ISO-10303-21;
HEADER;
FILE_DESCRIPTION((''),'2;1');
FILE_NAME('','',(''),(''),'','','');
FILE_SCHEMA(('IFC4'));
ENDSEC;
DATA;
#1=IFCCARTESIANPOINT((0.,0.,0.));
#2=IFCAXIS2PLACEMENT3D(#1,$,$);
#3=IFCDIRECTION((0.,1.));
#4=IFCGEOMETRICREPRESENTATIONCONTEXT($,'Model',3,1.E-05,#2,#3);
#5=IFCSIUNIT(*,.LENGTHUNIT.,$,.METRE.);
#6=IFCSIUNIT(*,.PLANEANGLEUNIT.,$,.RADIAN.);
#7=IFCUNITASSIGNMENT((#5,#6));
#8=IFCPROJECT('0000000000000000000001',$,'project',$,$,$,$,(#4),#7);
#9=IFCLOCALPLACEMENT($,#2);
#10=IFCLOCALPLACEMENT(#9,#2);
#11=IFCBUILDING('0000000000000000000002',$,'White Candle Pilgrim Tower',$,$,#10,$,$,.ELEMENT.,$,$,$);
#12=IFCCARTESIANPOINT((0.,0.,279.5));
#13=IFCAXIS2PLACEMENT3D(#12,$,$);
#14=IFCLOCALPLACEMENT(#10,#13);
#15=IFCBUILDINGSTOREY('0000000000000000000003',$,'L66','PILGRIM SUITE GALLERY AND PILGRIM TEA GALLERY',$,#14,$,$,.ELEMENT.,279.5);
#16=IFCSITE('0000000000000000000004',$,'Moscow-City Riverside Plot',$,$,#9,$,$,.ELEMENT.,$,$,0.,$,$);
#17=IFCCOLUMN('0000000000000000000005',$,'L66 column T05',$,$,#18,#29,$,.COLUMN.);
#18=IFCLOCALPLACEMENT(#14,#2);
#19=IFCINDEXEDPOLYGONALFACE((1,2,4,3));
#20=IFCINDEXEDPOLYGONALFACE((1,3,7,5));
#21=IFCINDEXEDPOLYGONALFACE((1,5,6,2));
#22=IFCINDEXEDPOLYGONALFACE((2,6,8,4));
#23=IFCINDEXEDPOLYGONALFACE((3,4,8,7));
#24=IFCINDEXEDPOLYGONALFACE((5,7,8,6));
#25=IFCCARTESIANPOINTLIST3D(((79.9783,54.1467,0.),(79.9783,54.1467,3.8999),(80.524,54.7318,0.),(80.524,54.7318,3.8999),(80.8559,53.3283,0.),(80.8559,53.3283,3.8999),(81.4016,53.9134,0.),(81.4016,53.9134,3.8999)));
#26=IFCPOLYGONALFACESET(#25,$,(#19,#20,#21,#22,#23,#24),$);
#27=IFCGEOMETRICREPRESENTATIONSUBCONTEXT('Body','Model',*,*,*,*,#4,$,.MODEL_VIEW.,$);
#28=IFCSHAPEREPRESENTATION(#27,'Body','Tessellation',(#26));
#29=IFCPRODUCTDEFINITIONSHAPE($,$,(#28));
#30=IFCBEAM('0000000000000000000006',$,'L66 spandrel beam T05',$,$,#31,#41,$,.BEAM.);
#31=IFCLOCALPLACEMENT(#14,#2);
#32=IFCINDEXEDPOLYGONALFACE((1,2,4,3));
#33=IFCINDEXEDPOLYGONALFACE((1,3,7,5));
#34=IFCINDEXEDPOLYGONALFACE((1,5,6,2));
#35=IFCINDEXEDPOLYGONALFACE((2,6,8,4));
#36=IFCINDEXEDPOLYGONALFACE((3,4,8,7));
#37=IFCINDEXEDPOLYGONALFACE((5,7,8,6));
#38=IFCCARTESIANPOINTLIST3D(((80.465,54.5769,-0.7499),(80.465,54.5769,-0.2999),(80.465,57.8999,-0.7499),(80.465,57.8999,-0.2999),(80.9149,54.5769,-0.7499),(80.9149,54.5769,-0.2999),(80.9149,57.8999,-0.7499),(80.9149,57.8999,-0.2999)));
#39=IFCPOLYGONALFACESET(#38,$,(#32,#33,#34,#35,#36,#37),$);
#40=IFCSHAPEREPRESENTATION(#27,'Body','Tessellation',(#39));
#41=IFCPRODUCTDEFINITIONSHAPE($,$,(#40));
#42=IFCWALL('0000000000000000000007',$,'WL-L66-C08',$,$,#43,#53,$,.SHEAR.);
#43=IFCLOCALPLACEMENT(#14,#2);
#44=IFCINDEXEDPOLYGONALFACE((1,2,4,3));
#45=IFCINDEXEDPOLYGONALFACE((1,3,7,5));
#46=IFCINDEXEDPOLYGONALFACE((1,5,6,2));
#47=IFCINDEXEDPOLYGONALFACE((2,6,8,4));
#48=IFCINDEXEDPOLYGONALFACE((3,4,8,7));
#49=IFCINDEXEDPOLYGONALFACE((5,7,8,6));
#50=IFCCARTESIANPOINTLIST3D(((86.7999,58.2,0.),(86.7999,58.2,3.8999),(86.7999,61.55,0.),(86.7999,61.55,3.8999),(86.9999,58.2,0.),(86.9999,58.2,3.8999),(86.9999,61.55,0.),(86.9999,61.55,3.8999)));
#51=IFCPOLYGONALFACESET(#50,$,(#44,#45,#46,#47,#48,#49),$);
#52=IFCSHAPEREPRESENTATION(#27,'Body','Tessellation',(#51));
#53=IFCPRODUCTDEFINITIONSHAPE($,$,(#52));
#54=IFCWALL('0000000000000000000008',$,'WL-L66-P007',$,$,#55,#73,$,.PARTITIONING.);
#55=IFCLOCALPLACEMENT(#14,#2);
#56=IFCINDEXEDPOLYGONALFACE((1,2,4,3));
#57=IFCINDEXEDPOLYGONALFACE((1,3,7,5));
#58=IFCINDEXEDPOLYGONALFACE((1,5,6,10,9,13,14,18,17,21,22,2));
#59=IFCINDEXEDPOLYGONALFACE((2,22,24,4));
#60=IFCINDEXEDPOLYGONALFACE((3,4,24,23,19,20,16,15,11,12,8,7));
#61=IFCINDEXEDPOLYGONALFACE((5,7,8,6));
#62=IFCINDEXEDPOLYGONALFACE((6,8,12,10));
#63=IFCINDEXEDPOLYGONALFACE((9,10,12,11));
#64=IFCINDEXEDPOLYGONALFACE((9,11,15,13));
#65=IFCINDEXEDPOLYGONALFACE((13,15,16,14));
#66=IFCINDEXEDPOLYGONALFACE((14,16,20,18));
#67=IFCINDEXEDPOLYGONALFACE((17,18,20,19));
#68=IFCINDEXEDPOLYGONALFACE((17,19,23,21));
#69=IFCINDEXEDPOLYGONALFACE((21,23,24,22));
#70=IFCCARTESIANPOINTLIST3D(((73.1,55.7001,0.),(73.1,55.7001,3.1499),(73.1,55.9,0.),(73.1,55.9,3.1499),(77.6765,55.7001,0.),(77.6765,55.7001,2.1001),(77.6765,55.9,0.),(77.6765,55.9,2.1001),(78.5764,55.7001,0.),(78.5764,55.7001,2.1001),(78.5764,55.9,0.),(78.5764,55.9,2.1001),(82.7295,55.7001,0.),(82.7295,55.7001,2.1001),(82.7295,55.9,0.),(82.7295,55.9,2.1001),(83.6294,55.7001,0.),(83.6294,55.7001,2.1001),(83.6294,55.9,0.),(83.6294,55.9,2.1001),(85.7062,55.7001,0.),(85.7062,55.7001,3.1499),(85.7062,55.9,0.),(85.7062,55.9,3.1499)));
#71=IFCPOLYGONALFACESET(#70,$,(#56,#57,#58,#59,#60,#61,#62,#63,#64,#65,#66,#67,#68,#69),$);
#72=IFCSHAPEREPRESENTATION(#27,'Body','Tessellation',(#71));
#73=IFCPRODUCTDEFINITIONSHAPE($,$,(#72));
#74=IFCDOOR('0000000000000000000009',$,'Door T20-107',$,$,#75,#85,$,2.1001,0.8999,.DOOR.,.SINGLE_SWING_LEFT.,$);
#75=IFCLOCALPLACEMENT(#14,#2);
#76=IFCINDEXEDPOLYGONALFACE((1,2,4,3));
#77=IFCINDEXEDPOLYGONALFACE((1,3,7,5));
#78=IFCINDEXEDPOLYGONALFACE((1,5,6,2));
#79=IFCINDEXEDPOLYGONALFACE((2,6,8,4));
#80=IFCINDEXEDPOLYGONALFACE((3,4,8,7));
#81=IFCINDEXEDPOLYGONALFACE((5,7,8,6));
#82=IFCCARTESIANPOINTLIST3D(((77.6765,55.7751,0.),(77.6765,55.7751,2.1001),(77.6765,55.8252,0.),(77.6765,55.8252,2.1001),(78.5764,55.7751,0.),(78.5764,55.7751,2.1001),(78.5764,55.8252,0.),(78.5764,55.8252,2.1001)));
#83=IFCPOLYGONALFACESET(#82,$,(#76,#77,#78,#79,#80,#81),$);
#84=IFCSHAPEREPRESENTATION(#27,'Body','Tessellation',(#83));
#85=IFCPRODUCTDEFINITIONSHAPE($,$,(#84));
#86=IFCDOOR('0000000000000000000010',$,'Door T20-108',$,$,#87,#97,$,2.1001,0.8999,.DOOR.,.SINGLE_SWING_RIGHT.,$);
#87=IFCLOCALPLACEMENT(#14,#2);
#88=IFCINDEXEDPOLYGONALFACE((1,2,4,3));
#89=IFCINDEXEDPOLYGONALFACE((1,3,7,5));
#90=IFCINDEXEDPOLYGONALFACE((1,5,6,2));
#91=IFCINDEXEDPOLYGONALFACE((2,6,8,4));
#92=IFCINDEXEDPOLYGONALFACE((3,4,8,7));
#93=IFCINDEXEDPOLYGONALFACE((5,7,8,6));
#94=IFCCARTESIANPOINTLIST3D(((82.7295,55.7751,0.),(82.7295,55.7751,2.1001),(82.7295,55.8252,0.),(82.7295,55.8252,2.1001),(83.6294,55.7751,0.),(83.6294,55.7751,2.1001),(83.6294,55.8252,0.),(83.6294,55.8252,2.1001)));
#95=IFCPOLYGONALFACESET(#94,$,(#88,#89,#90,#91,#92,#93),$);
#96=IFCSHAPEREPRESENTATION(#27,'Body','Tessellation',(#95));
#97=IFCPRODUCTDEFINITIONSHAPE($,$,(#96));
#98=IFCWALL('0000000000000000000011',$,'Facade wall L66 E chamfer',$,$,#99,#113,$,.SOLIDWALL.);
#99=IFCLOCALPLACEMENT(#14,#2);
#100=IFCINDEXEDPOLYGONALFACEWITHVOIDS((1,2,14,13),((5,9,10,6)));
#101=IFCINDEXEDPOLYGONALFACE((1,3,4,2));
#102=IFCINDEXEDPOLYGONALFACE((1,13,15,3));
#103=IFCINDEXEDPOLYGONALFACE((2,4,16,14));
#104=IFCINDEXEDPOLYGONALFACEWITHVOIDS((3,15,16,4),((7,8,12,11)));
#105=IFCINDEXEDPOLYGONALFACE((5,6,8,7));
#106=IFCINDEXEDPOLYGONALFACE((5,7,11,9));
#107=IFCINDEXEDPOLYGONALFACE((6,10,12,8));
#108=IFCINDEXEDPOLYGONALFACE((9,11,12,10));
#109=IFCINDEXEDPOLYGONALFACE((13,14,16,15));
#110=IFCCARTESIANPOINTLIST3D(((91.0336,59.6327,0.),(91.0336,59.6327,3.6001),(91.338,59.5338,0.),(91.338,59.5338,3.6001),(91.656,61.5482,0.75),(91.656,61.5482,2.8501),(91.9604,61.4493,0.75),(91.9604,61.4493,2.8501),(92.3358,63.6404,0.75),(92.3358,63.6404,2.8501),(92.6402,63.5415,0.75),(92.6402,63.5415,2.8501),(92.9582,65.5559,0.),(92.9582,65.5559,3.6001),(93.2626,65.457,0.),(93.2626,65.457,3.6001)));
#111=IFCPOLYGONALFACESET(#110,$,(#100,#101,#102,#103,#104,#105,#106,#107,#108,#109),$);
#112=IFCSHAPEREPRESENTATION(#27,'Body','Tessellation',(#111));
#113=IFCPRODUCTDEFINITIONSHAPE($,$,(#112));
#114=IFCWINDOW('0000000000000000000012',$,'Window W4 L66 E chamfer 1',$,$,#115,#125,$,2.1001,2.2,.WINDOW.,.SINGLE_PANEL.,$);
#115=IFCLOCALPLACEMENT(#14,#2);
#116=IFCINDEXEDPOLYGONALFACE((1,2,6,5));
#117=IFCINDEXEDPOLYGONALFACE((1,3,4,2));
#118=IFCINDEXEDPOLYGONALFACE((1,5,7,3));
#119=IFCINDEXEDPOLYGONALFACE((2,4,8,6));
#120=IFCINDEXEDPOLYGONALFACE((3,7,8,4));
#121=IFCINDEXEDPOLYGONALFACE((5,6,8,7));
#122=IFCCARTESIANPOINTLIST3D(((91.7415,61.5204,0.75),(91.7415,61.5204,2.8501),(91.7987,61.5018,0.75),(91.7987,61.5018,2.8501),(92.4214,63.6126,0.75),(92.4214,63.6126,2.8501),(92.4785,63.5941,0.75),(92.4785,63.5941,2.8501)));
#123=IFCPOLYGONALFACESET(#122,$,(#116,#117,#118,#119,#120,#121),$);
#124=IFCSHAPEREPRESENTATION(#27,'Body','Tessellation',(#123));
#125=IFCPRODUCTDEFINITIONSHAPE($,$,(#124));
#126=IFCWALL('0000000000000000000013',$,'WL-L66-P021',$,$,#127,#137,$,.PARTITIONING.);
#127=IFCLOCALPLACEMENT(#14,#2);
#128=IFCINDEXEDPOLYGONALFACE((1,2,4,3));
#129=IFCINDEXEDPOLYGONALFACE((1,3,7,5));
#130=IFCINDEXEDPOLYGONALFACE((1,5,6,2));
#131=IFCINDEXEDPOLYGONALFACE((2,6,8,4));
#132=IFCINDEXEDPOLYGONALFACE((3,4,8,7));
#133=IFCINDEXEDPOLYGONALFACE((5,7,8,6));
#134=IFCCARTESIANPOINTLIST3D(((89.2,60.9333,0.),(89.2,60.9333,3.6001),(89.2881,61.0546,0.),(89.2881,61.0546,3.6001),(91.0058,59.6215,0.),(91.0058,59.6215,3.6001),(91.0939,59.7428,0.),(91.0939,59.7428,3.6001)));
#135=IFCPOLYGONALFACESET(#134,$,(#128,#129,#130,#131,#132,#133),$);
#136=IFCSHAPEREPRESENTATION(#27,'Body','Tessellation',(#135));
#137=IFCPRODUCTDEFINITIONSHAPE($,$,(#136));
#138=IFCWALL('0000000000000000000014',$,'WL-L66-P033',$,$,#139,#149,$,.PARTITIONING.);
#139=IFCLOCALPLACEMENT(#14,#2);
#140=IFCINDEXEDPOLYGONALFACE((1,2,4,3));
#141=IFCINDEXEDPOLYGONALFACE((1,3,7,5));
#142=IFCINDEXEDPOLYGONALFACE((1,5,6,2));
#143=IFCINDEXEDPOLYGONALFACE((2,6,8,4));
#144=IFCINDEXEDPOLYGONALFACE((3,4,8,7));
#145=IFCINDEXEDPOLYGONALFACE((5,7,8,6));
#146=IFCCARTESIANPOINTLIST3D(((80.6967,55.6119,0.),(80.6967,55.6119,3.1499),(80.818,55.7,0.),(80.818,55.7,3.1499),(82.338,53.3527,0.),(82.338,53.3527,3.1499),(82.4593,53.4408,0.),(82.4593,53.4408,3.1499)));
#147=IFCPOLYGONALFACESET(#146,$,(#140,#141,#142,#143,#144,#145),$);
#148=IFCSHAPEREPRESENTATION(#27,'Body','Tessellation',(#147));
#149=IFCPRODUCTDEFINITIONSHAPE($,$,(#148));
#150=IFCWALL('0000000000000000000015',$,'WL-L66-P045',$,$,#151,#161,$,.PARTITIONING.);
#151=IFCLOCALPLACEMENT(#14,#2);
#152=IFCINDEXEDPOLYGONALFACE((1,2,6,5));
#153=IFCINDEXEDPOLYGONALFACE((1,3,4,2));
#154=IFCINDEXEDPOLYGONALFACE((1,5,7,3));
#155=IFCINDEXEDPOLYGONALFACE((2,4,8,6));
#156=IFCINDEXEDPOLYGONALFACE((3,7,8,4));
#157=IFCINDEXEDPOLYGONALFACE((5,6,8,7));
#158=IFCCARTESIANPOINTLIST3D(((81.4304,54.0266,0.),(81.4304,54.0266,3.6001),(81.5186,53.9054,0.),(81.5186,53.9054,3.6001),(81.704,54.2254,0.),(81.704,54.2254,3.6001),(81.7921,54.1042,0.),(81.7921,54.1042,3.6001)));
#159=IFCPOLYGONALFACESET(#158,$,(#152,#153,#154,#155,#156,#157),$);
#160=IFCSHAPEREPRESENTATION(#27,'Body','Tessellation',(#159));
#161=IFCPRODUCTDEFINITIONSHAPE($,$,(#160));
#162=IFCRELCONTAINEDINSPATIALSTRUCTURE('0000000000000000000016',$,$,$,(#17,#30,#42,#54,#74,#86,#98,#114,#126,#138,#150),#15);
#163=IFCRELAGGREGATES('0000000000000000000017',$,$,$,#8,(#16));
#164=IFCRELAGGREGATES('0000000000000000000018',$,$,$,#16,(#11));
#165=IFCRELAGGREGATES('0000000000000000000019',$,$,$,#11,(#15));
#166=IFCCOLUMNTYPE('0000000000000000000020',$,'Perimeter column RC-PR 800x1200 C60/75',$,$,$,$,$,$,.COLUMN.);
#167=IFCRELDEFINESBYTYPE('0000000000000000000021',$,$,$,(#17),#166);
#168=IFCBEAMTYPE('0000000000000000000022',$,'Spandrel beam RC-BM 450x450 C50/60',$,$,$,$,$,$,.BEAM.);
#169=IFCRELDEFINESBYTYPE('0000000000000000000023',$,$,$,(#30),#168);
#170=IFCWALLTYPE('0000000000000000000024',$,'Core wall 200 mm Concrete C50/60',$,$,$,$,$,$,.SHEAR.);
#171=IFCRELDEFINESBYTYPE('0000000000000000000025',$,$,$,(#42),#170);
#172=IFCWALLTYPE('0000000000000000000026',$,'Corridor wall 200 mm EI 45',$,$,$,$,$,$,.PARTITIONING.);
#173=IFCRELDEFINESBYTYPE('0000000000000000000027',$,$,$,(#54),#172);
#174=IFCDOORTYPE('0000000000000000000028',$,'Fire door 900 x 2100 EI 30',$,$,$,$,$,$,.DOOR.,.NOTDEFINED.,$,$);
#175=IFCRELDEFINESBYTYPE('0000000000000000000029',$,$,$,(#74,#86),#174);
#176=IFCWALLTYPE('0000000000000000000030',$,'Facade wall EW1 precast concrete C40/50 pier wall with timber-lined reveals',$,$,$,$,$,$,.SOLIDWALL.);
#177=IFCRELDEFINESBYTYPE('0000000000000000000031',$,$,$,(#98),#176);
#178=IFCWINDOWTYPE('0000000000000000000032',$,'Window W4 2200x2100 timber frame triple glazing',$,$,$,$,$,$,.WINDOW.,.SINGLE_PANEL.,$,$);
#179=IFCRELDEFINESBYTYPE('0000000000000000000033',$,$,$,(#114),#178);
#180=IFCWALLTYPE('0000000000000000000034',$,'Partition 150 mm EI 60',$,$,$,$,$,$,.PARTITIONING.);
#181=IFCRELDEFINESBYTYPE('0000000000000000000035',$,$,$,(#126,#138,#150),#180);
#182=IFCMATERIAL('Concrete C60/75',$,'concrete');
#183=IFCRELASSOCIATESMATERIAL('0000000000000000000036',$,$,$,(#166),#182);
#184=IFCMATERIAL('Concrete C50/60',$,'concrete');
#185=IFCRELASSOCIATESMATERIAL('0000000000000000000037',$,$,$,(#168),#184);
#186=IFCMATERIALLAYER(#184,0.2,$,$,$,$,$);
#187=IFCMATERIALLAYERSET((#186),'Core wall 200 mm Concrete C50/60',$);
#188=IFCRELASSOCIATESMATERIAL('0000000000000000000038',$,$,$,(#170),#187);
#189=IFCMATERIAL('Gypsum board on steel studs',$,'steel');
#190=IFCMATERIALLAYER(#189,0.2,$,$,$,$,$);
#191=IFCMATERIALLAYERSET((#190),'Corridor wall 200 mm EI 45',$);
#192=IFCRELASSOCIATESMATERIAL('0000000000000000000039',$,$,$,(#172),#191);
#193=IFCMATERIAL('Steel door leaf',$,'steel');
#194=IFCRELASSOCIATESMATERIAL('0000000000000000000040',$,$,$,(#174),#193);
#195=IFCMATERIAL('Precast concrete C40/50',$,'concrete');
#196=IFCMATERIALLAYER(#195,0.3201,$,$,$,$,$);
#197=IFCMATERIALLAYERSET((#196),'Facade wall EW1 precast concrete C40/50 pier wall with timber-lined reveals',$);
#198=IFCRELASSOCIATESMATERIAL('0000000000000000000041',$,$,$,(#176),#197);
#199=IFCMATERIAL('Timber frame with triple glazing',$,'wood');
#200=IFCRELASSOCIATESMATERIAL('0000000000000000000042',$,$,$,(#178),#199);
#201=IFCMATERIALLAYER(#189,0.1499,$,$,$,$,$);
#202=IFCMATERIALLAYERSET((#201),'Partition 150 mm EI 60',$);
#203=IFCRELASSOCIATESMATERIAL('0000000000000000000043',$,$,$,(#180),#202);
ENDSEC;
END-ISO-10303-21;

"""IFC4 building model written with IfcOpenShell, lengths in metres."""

from ifc_helpers import new_model, si_unit, direction, frame, frame_2d, origin, origin_2d, place, context, subcontext, project, spatial, rectangle, extrude, material, layer, layer_set, material_profile, profile_set, type_object, element, fill, save


model = new_model("IFC4")

# Units and contexts
model_context = context("Model", 3, precision=1e-05, world=origin(), true_north=direction((0.0, 1.0)))
body_context = subcontext(model_context, "Body", "Model", "MODEL_VIEW")
ifc_project = project(units=[si_unit("LENGTHUNIT", "METRE"), si_unit("PLANEANGLEUNIT", "RADIAN")], contexts=[model_context])

# Site, building, storey
site_placement = place(None, origin())
site = spatial("IfcSite", under=ifc_project, at=site_placement, Name="Moscow-City Riverside Plot", CompositionType="ELEMENT", RefElevation=0.0)
building_placement = place(site_placement, origin())
building = spatial("IfcBuilding", under=site, at=building_placement, Name="White Candle Pilgrim Tower", CompositionType="ELEMENT")
storey_placement = place(building_placement, frame((0.0, 0.0, 279.5)))
storey = spatial("IfcBuildingStorey", under=building, at=storey_placement, Name="L66", Description="PILGRIM SUITE GALLERY AND PILGRIM TEA GALLERY", CompositionType="ELEMENT", Elevation=279.5)

# Column
ifc_material_1 = material(Name="Concrete C60/75", Category="concrete")
ifc_material_profile_1 = material_profile(ifc_material_1, rectangle(XDim=0.8, YDim=1.2, at=origin_2d()), Name="RC-PR 800x1200")
ifc_profile_set_1 = profile_set([ifc_material_profile_1], Name="Concrete C60/75")
column_type = type_object("IfcColumnType", Name="Perimeter column RC-PR 800x1200 C60/75", PredefinedType="COLUMN", material=ifc_profile_set_1)
column_placement = place(storey_placement, frame((80.6899, 54.03, 0.0), z_axis=(0.0, 0.0, 1.0), x_axis=(-0.681998, -0.731354, 0.0)))
element("IfcColumn", 1, at=column_placement, inside=storey, type_object=column_type, Name="L66 column T05", PredefinedType="COLUMN", context=body_context, shape_type="SweptSolid", body=[
    extrude(rectangle(XDim=0.8, YDim=1.2, at=origin_2d()), origin(), (0.0, 0.0, 1.0), 3.8999),
])

# Beam
ifc_material_2 = material(Name="Concrete C50/60", Category="concrete")
ifc_material_profile_2 = material_profile(ifc_material_2, rectangle(XDim=0.45, YDim=0.45, at=origin_2d()), Name="RC-BM 450x450")
ifc_profile_set_2 = profile_set([ifc_material_profile_2], Name="Concrete C50/60")
beam_type = type_object("IfcBeamType", Name="Spandrel beam RC-BM 450x450 C50/60", PredefinedType="BEAM", material=ifc_profile_set_2)
beam_placement = place(storey_placement, frame((80.6899, 54.5769, -0.5249), z_axis=(0.0, 1.0, 0.0), x_axis=(-1.0, 0.0, 0.0)))
element("IfcBeam", 2, at=beam_placement, inside=storey, type_object=beam_type, Name="L66 spandrel beam T05", PredefinedType="BEAM", context=body_context, shape_type="SweptSolid", body=[
    extrude(rectangle(XDim=0.45, YDim=0.45, at=origin_2d()), origin(), (0.0, 0.0, 1.0), 3.323),
])

# Wall
ifc_layer_1 = layer(ifc_material_2, 0.2)
ifc_layer_set_1 = layer_set([ifc_layer_1], Name="Core wall 200 mm Concrete C50/60")
wall_type_1 = type_object("IfcWallType", Name="Core wall 200 mm Concrete C50/60", PredefinedType="SHEAR", material=ifc_layer_set_1)
wall_1_placement = place(storey_placement, frame((86.8999, 58.2, 0.0), z_axis=(0.0, 0.0, 1.0), x_axis=(0.0, 1.0, 0.0)))
element("IfcWall", 3, at=wall_1_placement, inside=storey, type_object=wall_type_1, Name="WL-L66-C08", PredefinedType="SHEAR", context=body_context, shape_type="SweptSolid", body=[
    extrude(rectangle(XDim=3.3501, YDim=0.2, at=frame_2d((1.675, 0.0))), origin(), (0.0, 0.0, 1.0), 3.8999),
])

# Wall, openings, doors
ifc_material_3 = material(Name="Gypsum board on steel studs", Category="steel")
ifc_layer_2 = layer(ifc_material_3, 0.2)
ifc_layer_set_2 = layer_set([ifc_layer_2], Name="Corridor wall 200 mm EI 45")
wall_type_2 = type_object("IfcWallType", Name="Corridor wall 200 mm EI 45", PredefinedType="PARTITIONING", material=ifc_layer_set_2)
wall_2_placement = place(storey_placement, frame((85.7063, 55.8, 0.0), z_axis=(0.0, 0.0, 1.0), x_axis=(-1.0, 0.0, 0.0)))
wall_2 = element("IfcWall", 4, at=wall_2_placement, inside=storey, type_object=wall_type_2, Name="WL-L66-P007", PredefinedType="PARTITIONING", context=body_context, shape_type="SweptSolid", body=[
    extrude(rectangle(XDim=12.6062, YDim=0.2, at=frame_2d((6.3032, 0.0))), origin(), (0.0, 0.0, 1.0), 3.1499),
])
opening_1_placement = place(wall_2_placement, frame((7.1299, 0.0, 0.0)))
opening_1 = element("IfcOpeningElement", 5, at=opening_1_placement, cuts=wall_2, PredefinedType="OPENING", context=body_context, shape_type="SweptSolid", body=[
    extrude(rectangle(XDim=0.8999, YDim=2.1001, at=frame_2d((0.45, 1.05))), frame((0.0, 0.1099, 0.0), z_axis=(0.0, -1.0, 0.0), x_axis=(1.0, 0.0, 0.0)), (0.0, 0.0, 1.0), 0.22),
])
opening_2_placement = place(wall_2_placement, frame((2.0769, 0.0, 0.0)))
opening_2 = element("IfcOpeningElement", 6, at=opening_2_placement, cuts=wall_2, PredefinedType="OPENING", context=body_context, shape_type="SweptSolid", body=[
    extrude(rectangle(XDim=0.8999, YDim=2.1001, at=frame_2d((0.45, 1.05))), frame((0.0, 0.1099, 0.0), z_axis=(0.0, -1.0, 0.0), x_axis=(1.0, 0.0, 0.0)), (0.0, 0.0, 1.0), 0.22),
])
ifc_material_4 = material(Name="Steel door leaf", Category="steel")
door_type_1 = type_object("IfcDoorType", Name="Fire door 900 x 2100 EI 30", OperationType="NOTDEFINED", PredefinedType="DOOR", material=ifc_material_4)
door_1_placement = place(opening_1_placement, origin())
door_1 = element("IfcDoor", 7, at=door_1_placement, inside=storey, type_object=door_type_1, Name="Door T20-107", OperationType="SINGLE_SWING_LEFT", OverallHeight=2.1001, OverallWidth=0.8999, PredefinedType="DOOR", context=body_context, shape_type="SweptSolid", body=[
    extrude(rectangle(XDim=0.8999, YDim=2.1001, at=frame_2d((0.45, 1.05))), frame((0.0, 0.0249, 0.0), z_axis=(0.0, -1.0, 0.0), x_axis=(1.0, 0.0, 0.0)), (0.0, 0.0, 1.0), 0.05),
])
fill(opening_1, door_1)
door_2_placement = place(opening_2_placement, origin())
door_2 = element("IfcDoor", 8, at=door_2_placement, inside=storey, type_object=door_type_1, Name="Door T20-108", OperationType="SINGLE_SWING_RIGHT", OverallHeight=2.1001, OverallWidth=0.8999, PredefinedType="DOOR", context=body_context, shape_type="SweptSolid", body=[
    extrude(rectangle(XDim=0.8999, YDim=2.1001, at=frame_2d((0.45, 1.05))), frame((0.0, 0.0249, 0.0), z_axis=(0.0, -1.0, 0.0), x_axis=(1.0, 0.0, 0.0)), (0.0, 0.0, 1.0), 0.05),
])
fill(opening_2, door_2)

# Wall, opening, window
ifc_material_5 = material(Name="Precast concrete C40/50", Category="concrete")
ifc_layer_3 = layer(ifc_material_5, 0.3201)
ifc_layer_set_3 = layer_set([ifc_layer_3], Name="Facade wall EW1 precast concrete C40/50 pier wall with timber-lined reveals")
wall_type_3 = type_object("IfcWallType", Name="Facade wall EW1 precast concrete C40/50 pier wall with timber-lined reveals", PredefinedType="SOLIDWALL", material=ifc_layer_set_3)
wall_3_placement = place(storey_placement, frame((91.1858, 59.5833, 0.0), z_axis=(0.0, 0.0, 1.0), x_axis=(0.309021, 0.951055, 0.0)))
wall_3 = element("IfcWall", 9, at=wall_3_placement, inside=storey, type_object=wall_type_3, Name="Facade wall L66 E chamfer", PredefinedType="SOLIDWALL", context=body_context, shape_type="SweptSolid", body=[
    extrude(rectangle(XDim=6.228, YDim=0.3201, at=frame_2d((3.114, 0.0))), origin(), (0.0, 0.0, 1.0), 3.6001),
])
opening_3_placement = place(wall_3_placement, frame((2.0139, 0.0, 0.75)))
opening_3 = element("IfcOpeningElement", 10, at=opening_3_placement, cuts=wall_3, PredefinedType="OPENING", context=body_context, shape_type="SweptSolid", body=[
    extrude(rectangle(XDim=2.2, YDim=2.1001, at=frame_2d((1.1001, 1.05))), frame((0.0, 0.1699, 0.0), z_axis=(0.0, -1.0, 0.0), x_axis=(1.0, 0.0, 0.0)), (0.0, 0.0, 1.0), 0.3401),
])
ifc_material_6 = material(Name="Timber frame with triple glazing", Category="wood")
window_type = type_object("IfcWindowType", Name="Window W4 2200x2100 timber frame triple glazing", PartitioningType="SINGLE_PANEL", PredefinedType="WINDOW", material=ifc_material_6)
window_placement = place(opening_3_placement, origin())
window = element("IfcWindow", 11, at=window_placement, inside=storey, type_object=window_type, Name="Window W4 L66 E chamfer 1", OverallHeight=2.1001, OverallWidth=2.2, PartitioningType="SINGLE_PANEL", PredefinedType="WINDOW", context=body_context, shape_type="SweptSolid", body=[
    extrude(rectangle(XDim=2.2, YDim=2.1001, at=frame_2d((1.1001, 1.05))), frame((0.0, 0.0701, 0.0), z_axis=(0.0, -1.0, 0.0), x_axis=(1.0, 0.0, 0.0)), (0.0, 0.0, 1.0), 0.0601),
])
fill(opening_3, window)

# Walls
ifc_layer_4 = layer(ifc_material_3, 0.1499)
ifc_layer_set_4 = layer_set([ifc_layer_4], Name="Partition 150 mm EI 60")
wall_type_4 = type_object("IfcWallType", Name="Partition 150 mm EI 60", PredefinedType="PARTITIONING", material=ifc_layer_set_4)
wall_4_placement = place(storey_placement, frame((91.0498, 59.6821, 0.0), z_axis=(0.0, 0.0, 1.0), x_axis=(-0.809043, 0.587749, 0.0)))
element("IfcWall", 12, at=wall_4_placement, inside=storey, type_object=wall_type_4, Name="WL-L66-P021", PredefinedType="PARTITIONING", context=body_context, shape_type="SweptSolid", body=[
    extrude(rectangle(XDim=2.2319, YDim=0.1499, at=frame_2d((1.116, 0.0))), origin(), (0.0, 0.0, 1.0), 3.6001),
])
wall_5_placement = place(storey_placement, frame((82.3987, 53.3967, 0.0), z_axis=(0.0, 0.0, 1.0), x_axis=(-0.587761, 0.809035, 0.0)))
element("IfcWall", 13, at=wall_5_placement, inside=storey, type_object=wall_type_4, Name="WL-L66-P033", PredefinedType="PARTITIONING", context=body_context, shape_type="SweptSolid", body=[
    extrude(rectangle(XDim=2.7925, YDim=0.1499, at=frame_2d((1.3962, 0.0))), origin(), (0.0, 0.0, 1.0), 3.1499),
])
wall_6_placement = place(storey_placement, frame((81.4746, 53.9661, 0.0), z_axis=(0.0, 0.0, 1.0), x_axis=(0.808923, 0.587914, 0.0)))
element("IfcWall", 14, at=wall_6_placement, inside=storey, type_object=wall_type_4, Name="WL-L66-P045", PredefinedType="PARTITIONING", context=body_context, shape_type="SweptSolid", body=[
    extrude(rectangle(XDim=0.3381, YDim=0.1499, at=frame_2d((0.1689, 0.0))), origin(), (0.0, 0.0, 1.0), 3.6001),
])

save(model, "model.ifc")
